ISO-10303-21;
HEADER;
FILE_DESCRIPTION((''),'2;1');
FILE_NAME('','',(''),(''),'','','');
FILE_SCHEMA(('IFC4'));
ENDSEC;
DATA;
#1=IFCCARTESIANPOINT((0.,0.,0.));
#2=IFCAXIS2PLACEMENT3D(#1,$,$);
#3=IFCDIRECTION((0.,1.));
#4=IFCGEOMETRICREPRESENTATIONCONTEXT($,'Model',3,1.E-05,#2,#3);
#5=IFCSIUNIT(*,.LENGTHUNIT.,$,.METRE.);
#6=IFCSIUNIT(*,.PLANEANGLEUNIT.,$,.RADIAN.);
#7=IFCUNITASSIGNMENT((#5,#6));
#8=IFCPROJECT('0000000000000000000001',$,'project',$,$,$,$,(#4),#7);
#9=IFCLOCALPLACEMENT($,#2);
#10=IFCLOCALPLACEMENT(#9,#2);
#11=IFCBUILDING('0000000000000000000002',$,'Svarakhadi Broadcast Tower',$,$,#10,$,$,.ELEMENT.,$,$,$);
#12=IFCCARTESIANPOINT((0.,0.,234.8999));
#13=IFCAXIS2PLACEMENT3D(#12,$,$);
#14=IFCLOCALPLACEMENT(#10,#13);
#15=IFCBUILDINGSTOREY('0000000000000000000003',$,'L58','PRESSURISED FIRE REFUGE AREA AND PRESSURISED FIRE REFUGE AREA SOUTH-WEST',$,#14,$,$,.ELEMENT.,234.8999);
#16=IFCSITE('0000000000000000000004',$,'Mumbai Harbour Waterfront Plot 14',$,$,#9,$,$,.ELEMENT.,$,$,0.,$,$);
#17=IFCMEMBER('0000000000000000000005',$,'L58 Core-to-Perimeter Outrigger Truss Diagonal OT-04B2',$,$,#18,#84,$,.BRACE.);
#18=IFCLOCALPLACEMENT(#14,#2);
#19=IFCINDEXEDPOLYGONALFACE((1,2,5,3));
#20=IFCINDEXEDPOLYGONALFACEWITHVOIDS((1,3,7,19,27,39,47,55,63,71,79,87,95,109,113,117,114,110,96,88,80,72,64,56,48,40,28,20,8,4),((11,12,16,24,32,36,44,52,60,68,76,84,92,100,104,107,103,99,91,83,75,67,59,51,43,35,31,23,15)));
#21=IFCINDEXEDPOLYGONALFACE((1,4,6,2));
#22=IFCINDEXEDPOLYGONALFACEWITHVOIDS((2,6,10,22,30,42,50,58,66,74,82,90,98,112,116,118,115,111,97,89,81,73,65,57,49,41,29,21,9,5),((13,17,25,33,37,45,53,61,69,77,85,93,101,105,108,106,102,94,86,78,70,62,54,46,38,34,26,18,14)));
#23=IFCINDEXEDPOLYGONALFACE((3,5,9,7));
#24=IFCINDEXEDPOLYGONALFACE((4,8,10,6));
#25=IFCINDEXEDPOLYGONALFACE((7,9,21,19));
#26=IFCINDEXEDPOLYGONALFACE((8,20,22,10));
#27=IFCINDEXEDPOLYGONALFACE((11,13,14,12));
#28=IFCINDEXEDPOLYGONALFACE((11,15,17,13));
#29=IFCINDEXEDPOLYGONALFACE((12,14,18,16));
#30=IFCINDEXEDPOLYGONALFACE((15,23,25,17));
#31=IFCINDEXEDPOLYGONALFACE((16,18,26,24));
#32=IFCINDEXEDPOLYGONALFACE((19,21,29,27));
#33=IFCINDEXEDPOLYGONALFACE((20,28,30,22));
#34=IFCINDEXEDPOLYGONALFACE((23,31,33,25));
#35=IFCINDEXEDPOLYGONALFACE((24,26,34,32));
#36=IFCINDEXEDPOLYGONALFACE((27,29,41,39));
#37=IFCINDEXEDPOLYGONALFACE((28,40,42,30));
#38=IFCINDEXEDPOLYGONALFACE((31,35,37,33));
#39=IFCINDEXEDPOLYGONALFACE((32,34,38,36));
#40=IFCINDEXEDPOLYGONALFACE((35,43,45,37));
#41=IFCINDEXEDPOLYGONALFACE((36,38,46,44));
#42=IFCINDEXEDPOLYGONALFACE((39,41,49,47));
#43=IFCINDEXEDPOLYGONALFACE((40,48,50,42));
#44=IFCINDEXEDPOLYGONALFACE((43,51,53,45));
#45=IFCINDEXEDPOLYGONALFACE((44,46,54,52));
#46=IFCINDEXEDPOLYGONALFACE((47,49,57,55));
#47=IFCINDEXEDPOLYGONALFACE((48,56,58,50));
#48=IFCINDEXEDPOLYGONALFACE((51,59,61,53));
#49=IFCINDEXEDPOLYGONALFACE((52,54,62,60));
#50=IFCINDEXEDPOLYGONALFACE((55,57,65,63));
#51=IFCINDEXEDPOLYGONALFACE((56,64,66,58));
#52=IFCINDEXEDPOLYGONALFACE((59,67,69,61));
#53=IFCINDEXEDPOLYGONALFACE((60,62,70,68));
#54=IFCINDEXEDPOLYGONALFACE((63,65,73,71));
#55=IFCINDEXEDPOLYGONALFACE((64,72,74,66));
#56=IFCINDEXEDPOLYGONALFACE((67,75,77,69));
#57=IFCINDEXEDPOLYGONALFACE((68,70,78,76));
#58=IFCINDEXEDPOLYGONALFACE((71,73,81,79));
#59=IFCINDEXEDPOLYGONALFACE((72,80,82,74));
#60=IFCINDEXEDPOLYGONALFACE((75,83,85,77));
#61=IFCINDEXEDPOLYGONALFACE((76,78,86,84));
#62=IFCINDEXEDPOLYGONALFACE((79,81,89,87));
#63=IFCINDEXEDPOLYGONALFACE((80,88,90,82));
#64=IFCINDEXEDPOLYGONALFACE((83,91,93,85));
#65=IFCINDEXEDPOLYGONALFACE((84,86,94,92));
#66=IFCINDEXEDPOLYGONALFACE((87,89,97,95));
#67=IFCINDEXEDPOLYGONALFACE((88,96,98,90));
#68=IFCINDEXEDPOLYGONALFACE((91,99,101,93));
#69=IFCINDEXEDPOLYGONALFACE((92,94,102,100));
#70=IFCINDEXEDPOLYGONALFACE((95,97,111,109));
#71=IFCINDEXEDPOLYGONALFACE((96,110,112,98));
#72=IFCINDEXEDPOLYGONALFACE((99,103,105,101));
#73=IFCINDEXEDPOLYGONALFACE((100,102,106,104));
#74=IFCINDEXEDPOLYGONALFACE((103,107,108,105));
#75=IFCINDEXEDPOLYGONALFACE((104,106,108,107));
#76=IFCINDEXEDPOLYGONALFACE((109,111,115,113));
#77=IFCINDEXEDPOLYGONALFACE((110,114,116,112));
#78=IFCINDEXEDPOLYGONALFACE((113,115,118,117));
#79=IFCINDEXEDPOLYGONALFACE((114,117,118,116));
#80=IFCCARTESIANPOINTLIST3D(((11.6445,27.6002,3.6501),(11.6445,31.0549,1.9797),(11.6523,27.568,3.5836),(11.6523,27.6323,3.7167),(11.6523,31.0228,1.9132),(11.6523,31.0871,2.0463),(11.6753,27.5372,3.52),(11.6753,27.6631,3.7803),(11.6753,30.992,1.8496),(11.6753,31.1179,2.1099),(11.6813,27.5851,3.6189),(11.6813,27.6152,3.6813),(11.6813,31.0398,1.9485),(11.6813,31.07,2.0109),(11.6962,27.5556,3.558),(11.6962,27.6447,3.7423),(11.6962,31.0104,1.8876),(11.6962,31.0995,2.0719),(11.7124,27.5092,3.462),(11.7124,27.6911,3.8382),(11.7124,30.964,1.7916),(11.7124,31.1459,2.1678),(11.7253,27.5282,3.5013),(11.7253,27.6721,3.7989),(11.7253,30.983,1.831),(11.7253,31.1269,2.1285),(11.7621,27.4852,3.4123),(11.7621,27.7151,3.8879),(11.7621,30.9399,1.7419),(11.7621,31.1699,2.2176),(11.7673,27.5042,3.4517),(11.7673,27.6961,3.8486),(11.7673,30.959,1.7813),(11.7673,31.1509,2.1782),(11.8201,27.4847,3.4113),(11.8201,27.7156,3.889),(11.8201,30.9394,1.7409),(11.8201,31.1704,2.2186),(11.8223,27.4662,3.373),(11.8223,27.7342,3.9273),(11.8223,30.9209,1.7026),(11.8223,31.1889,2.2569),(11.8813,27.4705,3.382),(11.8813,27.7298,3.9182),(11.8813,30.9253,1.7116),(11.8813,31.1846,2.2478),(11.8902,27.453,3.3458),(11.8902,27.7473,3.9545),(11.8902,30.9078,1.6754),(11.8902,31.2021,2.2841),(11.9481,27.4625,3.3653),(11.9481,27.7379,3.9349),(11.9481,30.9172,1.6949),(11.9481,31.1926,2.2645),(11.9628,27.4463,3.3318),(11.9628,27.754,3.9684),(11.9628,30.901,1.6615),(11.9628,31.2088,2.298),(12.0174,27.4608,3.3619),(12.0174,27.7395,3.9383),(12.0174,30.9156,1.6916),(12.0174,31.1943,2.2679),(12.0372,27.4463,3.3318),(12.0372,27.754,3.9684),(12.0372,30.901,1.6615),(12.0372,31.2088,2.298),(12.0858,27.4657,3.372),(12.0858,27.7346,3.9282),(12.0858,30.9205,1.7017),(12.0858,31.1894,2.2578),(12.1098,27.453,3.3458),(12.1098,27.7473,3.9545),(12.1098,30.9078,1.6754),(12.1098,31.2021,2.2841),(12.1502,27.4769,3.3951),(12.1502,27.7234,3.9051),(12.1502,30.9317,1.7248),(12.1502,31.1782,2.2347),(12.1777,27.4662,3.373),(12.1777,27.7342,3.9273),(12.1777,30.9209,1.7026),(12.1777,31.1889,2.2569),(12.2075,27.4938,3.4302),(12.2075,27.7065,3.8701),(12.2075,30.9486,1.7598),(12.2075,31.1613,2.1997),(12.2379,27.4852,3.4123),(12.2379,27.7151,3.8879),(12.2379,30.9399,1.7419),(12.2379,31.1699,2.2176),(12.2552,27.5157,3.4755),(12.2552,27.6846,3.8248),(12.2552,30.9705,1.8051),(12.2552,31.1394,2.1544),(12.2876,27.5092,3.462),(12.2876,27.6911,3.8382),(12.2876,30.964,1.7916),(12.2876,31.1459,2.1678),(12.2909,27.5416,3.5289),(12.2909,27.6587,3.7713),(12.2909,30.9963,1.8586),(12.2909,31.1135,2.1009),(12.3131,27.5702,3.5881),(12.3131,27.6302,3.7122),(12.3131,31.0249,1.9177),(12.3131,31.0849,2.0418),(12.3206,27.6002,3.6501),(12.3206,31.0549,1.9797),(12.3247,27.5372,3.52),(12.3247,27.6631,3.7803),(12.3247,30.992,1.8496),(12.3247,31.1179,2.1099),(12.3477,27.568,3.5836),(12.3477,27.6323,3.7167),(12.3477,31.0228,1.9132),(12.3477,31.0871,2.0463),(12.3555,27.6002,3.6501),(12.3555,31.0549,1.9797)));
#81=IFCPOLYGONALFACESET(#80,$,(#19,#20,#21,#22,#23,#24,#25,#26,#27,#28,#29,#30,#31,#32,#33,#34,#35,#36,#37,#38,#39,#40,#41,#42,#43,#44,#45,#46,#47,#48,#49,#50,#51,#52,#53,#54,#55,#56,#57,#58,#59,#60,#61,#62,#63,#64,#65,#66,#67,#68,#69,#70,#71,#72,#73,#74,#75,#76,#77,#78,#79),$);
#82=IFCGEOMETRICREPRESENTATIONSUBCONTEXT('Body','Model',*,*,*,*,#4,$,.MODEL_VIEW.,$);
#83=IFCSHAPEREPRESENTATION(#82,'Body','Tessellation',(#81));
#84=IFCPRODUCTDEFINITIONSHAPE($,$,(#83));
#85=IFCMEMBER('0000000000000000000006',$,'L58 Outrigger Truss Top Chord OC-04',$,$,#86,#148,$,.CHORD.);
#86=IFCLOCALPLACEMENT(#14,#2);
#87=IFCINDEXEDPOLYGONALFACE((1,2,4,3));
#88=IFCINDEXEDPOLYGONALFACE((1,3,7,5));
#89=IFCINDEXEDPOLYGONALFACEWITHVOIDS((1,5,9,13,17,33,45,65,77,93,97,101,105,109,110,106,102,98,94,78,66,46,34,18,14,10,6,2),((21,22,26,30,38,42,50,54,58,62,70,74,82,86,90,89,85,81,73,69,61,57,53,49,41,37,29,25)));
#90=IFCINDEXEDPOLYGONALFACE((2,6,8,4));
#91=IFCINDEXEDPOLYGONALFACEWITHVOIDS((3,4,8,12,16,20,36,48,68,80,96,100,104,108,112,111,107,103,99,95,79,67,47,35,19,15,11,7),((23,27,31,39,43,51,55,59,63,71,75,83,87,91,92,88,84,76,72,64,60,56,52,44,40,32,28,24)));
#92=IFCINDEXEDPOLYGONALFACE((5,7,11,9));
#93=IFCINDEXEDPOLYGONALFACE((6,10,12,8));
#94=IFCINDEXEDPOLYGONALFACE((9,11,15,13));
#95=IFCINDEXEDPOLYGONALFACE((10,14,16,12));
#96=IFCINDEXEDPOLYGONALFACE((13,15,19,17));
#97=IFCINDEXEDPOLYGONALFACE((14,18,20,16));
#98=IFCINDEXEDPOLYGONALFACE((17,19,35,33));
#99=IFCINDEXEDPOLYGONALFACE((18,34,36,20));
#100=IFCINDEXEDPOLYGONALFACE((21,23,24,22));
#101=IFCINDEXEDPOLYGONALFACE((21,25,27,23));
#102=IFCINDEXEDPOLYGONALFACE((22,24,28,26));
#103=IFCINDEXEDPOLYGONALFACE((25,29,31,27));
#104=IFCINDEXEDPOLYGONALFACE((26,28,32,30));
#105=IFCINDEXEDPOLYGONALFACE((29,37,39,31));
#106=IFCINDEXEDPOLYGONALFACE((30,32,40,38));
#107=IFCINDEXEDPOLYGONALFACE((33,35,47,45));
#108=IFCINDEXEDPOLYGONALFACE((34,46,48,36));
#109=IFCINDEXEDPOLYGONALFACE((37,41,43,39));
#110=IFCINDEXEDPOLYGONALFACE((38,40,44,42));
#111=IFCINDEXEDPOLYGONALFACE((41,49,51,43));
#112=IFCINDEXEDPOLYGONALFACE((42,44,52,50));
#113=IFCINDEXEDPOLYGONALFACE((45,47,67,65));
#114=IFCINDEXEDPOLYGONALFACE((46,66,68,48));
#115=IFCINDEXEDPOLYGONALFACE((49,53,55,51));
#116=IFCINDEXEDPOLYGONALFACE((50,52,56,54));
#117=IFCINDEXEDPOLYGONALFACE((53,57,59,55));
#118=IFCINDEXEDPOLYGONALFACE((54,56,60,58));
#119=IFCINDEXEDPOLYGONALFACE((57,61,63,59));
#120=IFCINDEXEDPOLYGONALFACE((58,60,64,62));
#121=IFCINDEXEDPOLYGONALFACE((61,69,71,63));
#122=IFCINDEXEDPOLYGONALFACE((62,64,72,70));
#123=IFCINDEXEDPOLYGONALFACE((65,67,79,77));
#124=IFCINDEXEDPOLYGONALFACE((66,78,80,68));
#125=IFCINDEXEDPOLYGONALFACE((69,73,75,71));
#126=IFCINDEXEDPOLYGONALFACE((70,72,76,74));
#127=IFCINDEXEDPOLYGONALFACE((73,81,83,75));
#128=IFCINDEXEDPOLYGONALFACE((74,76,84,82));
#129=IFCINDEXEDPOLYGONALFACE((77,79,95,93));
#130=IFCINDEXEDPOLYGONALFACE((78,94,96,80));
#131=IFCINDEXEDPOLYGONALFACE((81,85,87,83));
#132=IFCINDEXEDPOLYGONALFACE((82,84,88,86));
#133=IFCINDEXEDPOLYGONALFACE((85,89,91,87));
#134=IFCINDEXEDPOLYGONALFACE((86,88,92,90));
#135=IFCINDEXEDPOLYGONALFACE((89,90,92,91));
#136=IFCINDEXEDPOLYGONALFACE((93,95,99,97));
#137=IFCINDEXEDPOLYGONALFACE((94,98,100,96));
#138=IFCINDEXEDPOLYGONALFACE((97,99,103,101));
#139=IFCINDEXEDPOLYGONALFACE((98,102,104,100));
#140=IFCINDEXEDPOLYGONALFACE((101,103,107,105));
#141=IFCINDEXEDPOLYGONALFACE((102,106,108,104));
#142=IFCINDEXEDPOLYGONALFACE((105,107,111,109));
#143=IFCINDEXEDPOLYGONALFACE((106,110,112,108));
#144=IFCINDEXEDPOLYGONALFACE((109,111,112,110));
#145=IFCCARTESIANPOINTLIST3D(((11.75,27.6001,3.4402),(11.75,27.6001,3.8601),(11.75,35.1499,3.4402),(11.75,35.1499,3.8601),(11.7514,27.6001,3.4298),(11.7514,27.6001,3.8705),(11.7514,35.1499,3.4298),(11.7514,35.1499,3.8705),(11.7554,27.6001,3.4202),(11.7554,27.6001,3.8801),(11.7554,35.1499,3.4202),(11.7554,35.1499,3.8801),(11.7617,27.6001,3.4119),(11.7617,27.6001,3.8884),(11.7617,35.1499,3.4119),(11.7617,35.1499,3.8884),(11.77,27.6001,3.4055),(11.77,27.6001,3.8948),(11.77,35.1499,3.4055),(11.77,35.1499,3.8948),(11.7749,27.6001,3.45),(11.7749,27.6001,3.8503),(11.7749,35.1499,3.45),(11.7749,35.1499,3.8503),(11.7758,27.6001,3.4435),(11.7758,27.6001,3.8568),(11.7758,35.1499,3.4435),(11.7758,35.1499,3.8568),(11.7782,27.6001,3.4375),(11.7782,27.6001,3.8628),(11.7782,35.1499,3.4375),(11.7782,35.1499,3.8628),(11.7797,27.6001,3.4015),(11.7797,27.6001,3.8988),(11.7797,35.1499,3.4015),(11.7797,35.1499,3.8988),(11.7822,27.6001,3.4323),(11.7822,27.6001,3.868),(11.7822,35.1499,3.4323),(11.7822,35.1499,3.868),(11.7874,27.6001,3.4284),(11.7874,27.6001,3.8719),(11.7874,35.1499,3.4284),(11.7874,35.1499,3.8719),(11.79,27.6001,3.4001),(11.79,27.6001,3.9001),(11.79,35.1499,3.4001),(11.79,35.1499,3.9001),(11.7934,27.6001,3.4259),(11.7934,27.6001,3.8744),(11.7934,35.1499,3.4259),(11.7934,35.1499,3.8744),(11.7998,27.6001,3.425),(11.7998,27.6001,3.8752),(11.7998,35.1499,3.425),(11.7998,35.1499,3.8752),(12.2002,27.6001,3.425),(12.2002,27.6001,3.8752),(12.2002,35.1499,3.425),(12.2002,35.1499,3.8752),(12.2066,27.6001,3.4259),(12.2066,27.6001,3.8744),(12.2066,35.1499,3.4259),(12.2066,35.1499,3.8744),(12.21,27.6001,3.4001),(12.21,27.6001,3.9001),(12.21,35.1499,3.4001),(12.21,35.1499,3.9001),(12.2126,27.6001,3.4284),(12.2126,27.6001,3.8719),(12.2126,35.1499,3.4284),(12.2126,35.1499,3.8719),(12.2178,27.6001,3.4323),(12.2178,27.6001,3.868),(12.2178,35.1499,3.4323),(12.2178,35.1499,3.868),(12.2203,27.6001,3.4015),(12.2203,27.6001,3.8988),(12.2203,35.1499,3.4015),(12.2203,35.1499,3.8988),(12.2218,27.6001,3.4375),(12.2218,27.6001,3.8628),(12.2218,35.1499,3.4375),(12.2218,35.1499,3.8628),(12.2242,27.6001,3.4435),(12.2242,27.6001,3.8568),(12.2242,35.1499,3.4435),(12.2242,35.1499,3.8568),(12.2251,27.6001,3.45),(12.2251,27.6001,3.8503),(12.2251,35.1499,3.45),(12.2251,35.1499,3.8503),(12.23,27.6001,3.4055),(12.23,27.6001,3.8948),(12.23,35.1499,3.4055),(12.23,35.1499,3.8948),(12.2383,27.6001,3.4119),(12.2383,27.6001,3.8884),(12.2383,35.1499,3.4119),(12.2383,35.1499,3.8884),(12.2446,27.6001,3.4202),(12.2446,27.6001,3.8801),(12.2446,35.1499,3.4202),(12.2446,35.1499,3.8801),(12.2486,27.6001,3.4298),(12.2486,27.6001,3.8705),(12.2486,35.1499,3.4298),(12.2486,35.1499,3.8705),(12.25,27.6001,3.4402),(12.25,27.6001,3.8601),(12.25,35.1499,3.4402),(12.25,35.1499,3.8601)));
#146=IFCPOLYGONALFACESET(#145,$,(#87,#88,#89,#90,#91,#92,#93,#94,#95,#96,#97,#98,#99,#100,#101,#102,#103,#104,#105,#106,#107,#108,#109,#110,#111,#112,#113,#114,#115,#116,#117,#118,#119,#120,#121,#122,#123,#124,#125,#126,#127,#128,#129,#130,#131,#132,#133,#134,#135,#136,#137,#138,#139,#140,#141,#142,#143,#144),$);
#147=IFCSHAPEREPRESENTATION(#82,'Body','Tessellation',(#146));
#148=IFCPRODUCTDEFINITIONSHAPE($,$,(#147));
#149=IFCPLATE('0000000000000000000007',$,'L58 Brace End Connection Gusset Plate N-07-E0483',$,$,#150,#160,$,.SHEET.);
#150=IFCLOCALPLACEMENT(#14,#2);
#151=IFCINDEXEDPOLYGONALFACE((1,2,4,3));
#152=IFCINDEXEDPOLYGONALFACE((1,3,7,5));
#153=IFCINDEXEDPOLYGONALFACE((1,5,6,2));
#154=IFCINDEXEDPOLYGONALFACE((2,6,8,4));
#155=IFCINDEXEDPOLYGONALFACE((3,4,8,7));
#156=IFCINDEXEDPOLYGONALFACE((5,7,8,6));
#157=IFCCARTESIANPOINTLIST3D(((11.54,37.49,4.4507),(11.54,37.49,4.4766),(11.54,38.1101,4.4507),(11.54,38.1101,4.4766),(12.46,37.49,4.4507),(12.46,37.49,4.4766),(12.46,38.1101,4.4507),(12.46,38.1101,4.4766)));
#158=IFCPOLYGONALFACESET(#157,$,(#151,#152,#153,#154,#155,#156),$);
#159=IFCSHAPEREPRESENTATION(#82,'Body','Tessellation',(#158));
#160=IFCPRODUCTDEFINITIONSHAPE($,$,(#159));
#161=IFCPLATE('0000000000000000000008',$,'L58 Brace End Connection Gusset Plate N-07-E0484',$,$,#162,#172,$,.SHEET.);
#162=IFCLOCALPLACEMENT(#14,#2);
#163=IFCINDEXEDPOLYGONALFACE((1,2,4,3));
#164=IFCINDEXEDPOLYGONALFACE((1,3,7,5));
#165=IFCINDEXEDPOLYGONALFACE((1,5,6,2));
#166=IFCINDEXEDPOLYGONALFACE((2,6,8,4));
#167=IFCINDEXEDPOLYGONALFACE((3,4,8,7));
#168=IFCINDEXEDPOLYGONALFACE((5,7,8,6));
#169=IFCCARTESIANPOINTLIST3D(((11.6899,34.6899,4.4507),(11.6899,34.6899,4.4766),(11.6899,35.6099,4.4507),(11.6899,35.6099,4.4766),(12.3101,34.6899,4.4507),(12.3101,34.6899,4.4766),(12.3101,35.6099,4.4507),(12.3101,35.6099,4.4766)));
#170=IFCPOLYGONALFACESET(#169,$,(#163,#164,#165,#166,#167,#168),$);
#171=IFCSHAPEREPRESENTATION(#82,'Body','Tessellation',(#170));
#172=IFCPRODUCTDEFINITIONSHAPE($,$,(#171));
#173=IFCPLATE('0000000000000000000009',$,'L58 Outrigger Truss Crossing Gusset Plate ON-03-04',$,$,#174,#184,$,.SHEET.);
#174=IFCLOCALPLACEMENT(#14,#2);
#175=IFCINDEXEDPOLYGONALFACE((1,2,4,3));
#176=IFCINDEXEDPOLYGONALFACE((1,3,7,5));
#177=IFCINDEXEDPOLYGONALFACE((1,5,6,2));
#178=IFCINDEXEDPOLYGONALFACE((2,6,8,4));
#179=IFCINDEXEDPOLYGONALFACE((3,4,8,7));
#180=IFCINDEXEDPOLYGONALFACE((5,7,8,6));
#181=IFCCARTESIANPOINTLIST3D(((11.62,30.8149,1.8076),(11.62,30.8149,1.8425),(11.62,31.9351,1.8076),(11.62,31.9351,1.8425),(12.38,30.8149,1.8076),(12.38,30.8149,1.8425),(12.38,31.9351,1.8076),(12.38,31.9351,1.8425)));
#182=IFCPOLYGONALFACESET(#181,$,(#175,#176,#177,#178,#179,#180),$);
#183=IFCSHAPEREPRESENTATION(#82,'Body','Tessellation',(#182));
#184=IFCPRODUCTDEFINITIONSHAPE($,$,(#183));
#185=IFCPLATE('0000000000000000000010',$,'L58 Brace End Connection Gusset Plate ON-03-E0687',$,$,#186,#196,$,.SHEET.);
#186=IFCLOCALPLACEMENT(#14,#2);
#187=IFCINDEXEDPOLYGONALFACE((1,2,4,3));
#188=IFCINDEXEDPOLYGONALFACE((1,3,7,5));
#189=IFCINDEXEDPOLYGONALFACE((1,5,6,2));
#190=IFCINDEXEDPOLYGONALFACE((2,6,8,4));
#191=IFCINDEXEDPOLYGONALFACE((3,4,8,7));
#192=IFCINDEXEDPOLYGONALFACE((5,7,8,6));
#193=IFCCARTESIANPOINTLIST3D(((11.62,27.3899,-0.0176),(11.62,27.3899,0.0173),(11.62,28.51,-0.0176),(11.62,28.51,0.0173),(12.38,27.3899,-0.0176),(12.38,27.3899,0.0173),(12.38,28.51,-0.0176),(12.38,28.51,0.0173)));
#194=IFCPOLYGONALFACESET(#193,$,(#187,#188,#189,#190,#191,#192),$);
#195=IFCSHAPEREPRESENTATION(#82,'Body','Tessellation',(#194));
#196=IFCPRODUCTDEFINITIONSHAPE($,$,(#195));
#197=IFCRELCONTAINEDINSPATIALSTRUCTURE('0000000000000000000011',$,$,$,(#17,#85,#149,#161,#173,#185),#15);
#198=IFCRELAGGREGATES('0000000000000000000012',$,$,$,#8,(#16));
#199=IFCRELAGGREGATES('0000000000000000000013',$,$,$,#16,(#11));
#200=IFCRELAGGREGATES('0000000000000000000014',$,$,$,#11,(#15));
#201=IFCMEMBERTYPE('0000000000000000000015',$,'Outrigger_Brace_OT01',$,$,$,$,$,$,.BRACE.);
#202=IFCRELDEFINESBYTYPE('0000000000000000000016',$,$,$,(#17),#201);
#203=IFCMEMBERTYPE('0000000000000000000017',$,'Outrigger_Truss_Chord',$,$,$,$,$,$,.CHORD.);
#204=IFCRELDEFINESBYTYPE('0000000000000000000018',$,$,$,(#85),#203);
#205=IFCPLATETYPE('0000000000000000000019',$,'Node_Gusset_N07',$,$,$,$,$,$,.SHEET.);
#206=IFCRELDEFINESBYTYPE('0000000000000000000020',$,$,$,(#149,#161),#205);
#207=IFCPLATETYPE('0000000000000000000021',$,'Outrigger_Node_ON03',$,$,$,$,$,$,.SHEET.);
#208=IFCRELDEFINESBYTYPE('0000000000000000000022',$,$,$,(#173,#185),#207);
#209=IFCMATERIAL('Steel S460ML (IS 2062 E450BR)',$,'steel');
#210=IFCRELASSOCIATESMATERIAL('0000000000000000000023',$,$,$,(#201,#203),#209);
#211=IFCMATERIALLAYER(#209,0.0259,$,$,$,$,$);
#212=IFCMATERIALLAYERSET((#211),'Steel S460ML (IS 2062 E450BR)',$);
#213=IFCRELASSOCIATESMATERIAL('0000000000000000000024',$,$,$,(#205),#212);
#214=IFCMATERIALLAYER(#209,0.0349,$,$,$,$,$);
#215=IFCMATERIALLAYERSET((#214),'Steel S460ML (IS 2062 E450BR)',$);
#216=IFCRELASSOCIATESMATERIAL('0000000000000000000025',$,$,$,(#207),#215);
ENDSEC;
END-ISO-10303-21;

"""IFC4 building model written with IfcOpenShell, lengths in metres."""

from ifc_helpers import new_model, si_unit, direction, frame, origin, origin_2d, place, context, subcontext, project, spatial, rectangle, hollow_rectangle, hollow_circle, extrude, material, layer, layer_set, material_profile, profile_set, type_object, element, save


model = new_model("IFC4")

# Units and contexts
model_context = context("Model", 3, precision=1e-05, world=origin(), true_north=direction((0.0, 1.0)))
body_context = subcontext(model_context, "Body", "Model", "MODEL_VIEW")
ifc_project = project(units=[si_unit("LENGTHUNIT", "METRE"), si_unit("PLANEANGLEUNIT", "RADIAN")], contexts=[model_context])

# Site, building, storey
site_placement = place(None, origin())
site = spatial("IfcSite", under=ifc_project, at=site_placement, Name="Mumbai Harbour Waterfront Plot 14", CompositionType="ELEMENT", RefElevation=0.0)
building_placement = place(site_placement, origin())
building = spatial("IfcBuilding", under=site, at=building_placement, Name="Svarakhadi Broadcast Tower", CompositionType="ELEMENT")
storey_placement = place(building_placement, frame((0.0, 0.0, 234.8999)))
storey = spatial("IfcBuildingStorey", under=building, at=storey_placement, Name="L58", Description="PRESSURISED FIRE REFUGE AREA AND PRESSURISED FIRE REFUGE AREA SOUTH-WEST", CompositionType="ELEMENT", Elevation=234.8999)

# Shared definitions
ifc_material_1 = material(Name="Steel S460ML (IS 2062 E450BR)", Category="steel")

# Members
ifc_material_profile_1 = material_profile(ifc_material_1, hollow_circle(Radius=0.3555, WallThickness=0.0349, at=origin_2d()), Name="CHS 711x35")
ifc_profile_set_1 = profile_set([ifc_material_profile_1], Name="Steel S460ML (IS 2062 E450BR)")
member_type_1 = type_object("IfcMemberType", Name="Outrigger_Brace_OT01", PredefinedType="BRACE", material=ifc_profile_set_1)
for number, where, z_axis, x_axis, name in (
    (1, (12.0, 31.0549, 1.9797), (0.0, -0.90029, 0.43529), (1.0, 0.0, 0.0), "L58 Core-to-Perimeter Outrigger Truss Diagonal OT-04B2"),
):
    element("IfcMember", number, at=place(storey_placement, frame(where, z_axis=z_axis, x_axis=x_axis)), inside=storey, type_object=member_type_1, Name=name, PredefinedType="BRACE", context=body_context, shape_type="SweptSolid", body=[
        extrude(hollow_circle(Radius=0.3555, WallThickness=0.0349, at=origin_2d()), origin(), (0.0, 0.0, 1.0), 3.8374),
    ])
ifc_material_profile_2 = material_profile(ifc_material_1, hollow_rectangle(XDim=0.5, YDim=0.5, WallThickness=0.0249, InnerFilletRadius=0.0249, OuterFilletRadius=0.04, at=origin_2d()), Name="SHS 500x500x25")
ifc_profile_set_2 = profile_set([ifc_material_profile_2], Name="Steel S460ML (IS 2062 E450BR)")
member_type_2 = type_object("IfcMemberType", Name="Outrigger_Truss_Chord", PredefinedType="CHORD", material=ifc_profile_set_2)
member_1_placement = place(storey_placement, frame((12.0, 27.6001, 3.6501), z_axis=(0.0, 1.0, 0.0), x_axis=(-1.0, 0.0, 0.0)))
element("IfcMember", 2, at=member_1_placement, inside=storey, type_object=member_type_2, Name="L58 Outrigger Truss Top Chord OC-04", PredefinedType="CHORD", context=body_context, shape_type="SweptSolid", body=[
    extrude(hollow_rectangle(XDim=0.5, YDim=0.5, WallThickness=0.0249, InnerFilletRadius=0.0249, OuterFilletRadius=0.04, at=origin_2d()), origin(), (0.0, 0.0, 1.0), 7.5498),
])

# Plates
ifc_layer_1 = layer(ifc_material_1, 0.0259)
ifc_layer_set_1 = layer_set([ifc_layer_1], Name="Steel S460ML (IS 2062 E450BR)")
plate_type_1 = type_object("IfcPlateType", Name="Node_Gusset_N07", PredefinedType="SHEET", material=ifc_layer_set_1)
for number, where, z_axis, x_axis, name in (
    (3, (12.0, 37.8, 4.4507), (0.0, 0.0, 1.0), (1.0, 0.0, 0.0), "L58 Brace End Connection Gusset Plate N-07-E0483"),
    (4, (12.0, 35.1499, 4.4507), (0.0, 0.0, 1.0), (0.0, 1.0, 0.0), "L58 Brace End Connection Gusset Plate N-07-E0484"),
):
    element("IfcPlate", number, at=place(storey_placement, frame(where, z_axis=z_axis, x_axis=x_axis)), inside=storey, type_object=plate_type_1, Name=name, PredefinedType="SHEET", context=body_context, shape_type="SweptSolid", body=[
        extrude(rectangle(XDim=0.9199, YDim=0.6201, at=origin_2d()), origin(), (0.0, 0.0, 1.0), 0.0259),
    ])
ifc_layer_2 = layer(ifc_material_1, 0.0349)
ifc_layer_set_2 = layer_set([ifc_layer_2], Name="Steel S460ML (IS 2062 E450BR)")
plate_type_2 = type_object("IfcPlateType", Name="Outrigger_Node_ON03", PredefinedType="SHEET", material=ifc_layer_set_2)
for number, where, z_axis, x_axis, name in (
    (5, (12.0, 31.375, 1.8076), (0.0, 0.0, 1.0), (0.0, 1.0, 0.0), "L58 Outrigger Truss Crossing Gusset Plate ON-03-04"),
    (6, (12.0, 27.95, -0.0176), (0.0, 0.0, 1.0), (0.0, 1.0, 0.0), "L58 Brace End Connection Gusset Plate ON-03-E0687"),
):
    element("IfcPlate", number, at=place(storey_placement, frame(where, z_axis=z_axis, x_axis=x_axis)), inside=storey, type_object=plate_type_2, Name=name, PredefinedType="SHEET", context=body_context, shape_type="SweptSolid", body=[
        extrude(rectangle(XDim=1.1201, YDim=0.76, at=origin_2d()), origin(), (0.0, 0.0, 1.0), 0.0349),
    ])

save(model, "model.ifc")
